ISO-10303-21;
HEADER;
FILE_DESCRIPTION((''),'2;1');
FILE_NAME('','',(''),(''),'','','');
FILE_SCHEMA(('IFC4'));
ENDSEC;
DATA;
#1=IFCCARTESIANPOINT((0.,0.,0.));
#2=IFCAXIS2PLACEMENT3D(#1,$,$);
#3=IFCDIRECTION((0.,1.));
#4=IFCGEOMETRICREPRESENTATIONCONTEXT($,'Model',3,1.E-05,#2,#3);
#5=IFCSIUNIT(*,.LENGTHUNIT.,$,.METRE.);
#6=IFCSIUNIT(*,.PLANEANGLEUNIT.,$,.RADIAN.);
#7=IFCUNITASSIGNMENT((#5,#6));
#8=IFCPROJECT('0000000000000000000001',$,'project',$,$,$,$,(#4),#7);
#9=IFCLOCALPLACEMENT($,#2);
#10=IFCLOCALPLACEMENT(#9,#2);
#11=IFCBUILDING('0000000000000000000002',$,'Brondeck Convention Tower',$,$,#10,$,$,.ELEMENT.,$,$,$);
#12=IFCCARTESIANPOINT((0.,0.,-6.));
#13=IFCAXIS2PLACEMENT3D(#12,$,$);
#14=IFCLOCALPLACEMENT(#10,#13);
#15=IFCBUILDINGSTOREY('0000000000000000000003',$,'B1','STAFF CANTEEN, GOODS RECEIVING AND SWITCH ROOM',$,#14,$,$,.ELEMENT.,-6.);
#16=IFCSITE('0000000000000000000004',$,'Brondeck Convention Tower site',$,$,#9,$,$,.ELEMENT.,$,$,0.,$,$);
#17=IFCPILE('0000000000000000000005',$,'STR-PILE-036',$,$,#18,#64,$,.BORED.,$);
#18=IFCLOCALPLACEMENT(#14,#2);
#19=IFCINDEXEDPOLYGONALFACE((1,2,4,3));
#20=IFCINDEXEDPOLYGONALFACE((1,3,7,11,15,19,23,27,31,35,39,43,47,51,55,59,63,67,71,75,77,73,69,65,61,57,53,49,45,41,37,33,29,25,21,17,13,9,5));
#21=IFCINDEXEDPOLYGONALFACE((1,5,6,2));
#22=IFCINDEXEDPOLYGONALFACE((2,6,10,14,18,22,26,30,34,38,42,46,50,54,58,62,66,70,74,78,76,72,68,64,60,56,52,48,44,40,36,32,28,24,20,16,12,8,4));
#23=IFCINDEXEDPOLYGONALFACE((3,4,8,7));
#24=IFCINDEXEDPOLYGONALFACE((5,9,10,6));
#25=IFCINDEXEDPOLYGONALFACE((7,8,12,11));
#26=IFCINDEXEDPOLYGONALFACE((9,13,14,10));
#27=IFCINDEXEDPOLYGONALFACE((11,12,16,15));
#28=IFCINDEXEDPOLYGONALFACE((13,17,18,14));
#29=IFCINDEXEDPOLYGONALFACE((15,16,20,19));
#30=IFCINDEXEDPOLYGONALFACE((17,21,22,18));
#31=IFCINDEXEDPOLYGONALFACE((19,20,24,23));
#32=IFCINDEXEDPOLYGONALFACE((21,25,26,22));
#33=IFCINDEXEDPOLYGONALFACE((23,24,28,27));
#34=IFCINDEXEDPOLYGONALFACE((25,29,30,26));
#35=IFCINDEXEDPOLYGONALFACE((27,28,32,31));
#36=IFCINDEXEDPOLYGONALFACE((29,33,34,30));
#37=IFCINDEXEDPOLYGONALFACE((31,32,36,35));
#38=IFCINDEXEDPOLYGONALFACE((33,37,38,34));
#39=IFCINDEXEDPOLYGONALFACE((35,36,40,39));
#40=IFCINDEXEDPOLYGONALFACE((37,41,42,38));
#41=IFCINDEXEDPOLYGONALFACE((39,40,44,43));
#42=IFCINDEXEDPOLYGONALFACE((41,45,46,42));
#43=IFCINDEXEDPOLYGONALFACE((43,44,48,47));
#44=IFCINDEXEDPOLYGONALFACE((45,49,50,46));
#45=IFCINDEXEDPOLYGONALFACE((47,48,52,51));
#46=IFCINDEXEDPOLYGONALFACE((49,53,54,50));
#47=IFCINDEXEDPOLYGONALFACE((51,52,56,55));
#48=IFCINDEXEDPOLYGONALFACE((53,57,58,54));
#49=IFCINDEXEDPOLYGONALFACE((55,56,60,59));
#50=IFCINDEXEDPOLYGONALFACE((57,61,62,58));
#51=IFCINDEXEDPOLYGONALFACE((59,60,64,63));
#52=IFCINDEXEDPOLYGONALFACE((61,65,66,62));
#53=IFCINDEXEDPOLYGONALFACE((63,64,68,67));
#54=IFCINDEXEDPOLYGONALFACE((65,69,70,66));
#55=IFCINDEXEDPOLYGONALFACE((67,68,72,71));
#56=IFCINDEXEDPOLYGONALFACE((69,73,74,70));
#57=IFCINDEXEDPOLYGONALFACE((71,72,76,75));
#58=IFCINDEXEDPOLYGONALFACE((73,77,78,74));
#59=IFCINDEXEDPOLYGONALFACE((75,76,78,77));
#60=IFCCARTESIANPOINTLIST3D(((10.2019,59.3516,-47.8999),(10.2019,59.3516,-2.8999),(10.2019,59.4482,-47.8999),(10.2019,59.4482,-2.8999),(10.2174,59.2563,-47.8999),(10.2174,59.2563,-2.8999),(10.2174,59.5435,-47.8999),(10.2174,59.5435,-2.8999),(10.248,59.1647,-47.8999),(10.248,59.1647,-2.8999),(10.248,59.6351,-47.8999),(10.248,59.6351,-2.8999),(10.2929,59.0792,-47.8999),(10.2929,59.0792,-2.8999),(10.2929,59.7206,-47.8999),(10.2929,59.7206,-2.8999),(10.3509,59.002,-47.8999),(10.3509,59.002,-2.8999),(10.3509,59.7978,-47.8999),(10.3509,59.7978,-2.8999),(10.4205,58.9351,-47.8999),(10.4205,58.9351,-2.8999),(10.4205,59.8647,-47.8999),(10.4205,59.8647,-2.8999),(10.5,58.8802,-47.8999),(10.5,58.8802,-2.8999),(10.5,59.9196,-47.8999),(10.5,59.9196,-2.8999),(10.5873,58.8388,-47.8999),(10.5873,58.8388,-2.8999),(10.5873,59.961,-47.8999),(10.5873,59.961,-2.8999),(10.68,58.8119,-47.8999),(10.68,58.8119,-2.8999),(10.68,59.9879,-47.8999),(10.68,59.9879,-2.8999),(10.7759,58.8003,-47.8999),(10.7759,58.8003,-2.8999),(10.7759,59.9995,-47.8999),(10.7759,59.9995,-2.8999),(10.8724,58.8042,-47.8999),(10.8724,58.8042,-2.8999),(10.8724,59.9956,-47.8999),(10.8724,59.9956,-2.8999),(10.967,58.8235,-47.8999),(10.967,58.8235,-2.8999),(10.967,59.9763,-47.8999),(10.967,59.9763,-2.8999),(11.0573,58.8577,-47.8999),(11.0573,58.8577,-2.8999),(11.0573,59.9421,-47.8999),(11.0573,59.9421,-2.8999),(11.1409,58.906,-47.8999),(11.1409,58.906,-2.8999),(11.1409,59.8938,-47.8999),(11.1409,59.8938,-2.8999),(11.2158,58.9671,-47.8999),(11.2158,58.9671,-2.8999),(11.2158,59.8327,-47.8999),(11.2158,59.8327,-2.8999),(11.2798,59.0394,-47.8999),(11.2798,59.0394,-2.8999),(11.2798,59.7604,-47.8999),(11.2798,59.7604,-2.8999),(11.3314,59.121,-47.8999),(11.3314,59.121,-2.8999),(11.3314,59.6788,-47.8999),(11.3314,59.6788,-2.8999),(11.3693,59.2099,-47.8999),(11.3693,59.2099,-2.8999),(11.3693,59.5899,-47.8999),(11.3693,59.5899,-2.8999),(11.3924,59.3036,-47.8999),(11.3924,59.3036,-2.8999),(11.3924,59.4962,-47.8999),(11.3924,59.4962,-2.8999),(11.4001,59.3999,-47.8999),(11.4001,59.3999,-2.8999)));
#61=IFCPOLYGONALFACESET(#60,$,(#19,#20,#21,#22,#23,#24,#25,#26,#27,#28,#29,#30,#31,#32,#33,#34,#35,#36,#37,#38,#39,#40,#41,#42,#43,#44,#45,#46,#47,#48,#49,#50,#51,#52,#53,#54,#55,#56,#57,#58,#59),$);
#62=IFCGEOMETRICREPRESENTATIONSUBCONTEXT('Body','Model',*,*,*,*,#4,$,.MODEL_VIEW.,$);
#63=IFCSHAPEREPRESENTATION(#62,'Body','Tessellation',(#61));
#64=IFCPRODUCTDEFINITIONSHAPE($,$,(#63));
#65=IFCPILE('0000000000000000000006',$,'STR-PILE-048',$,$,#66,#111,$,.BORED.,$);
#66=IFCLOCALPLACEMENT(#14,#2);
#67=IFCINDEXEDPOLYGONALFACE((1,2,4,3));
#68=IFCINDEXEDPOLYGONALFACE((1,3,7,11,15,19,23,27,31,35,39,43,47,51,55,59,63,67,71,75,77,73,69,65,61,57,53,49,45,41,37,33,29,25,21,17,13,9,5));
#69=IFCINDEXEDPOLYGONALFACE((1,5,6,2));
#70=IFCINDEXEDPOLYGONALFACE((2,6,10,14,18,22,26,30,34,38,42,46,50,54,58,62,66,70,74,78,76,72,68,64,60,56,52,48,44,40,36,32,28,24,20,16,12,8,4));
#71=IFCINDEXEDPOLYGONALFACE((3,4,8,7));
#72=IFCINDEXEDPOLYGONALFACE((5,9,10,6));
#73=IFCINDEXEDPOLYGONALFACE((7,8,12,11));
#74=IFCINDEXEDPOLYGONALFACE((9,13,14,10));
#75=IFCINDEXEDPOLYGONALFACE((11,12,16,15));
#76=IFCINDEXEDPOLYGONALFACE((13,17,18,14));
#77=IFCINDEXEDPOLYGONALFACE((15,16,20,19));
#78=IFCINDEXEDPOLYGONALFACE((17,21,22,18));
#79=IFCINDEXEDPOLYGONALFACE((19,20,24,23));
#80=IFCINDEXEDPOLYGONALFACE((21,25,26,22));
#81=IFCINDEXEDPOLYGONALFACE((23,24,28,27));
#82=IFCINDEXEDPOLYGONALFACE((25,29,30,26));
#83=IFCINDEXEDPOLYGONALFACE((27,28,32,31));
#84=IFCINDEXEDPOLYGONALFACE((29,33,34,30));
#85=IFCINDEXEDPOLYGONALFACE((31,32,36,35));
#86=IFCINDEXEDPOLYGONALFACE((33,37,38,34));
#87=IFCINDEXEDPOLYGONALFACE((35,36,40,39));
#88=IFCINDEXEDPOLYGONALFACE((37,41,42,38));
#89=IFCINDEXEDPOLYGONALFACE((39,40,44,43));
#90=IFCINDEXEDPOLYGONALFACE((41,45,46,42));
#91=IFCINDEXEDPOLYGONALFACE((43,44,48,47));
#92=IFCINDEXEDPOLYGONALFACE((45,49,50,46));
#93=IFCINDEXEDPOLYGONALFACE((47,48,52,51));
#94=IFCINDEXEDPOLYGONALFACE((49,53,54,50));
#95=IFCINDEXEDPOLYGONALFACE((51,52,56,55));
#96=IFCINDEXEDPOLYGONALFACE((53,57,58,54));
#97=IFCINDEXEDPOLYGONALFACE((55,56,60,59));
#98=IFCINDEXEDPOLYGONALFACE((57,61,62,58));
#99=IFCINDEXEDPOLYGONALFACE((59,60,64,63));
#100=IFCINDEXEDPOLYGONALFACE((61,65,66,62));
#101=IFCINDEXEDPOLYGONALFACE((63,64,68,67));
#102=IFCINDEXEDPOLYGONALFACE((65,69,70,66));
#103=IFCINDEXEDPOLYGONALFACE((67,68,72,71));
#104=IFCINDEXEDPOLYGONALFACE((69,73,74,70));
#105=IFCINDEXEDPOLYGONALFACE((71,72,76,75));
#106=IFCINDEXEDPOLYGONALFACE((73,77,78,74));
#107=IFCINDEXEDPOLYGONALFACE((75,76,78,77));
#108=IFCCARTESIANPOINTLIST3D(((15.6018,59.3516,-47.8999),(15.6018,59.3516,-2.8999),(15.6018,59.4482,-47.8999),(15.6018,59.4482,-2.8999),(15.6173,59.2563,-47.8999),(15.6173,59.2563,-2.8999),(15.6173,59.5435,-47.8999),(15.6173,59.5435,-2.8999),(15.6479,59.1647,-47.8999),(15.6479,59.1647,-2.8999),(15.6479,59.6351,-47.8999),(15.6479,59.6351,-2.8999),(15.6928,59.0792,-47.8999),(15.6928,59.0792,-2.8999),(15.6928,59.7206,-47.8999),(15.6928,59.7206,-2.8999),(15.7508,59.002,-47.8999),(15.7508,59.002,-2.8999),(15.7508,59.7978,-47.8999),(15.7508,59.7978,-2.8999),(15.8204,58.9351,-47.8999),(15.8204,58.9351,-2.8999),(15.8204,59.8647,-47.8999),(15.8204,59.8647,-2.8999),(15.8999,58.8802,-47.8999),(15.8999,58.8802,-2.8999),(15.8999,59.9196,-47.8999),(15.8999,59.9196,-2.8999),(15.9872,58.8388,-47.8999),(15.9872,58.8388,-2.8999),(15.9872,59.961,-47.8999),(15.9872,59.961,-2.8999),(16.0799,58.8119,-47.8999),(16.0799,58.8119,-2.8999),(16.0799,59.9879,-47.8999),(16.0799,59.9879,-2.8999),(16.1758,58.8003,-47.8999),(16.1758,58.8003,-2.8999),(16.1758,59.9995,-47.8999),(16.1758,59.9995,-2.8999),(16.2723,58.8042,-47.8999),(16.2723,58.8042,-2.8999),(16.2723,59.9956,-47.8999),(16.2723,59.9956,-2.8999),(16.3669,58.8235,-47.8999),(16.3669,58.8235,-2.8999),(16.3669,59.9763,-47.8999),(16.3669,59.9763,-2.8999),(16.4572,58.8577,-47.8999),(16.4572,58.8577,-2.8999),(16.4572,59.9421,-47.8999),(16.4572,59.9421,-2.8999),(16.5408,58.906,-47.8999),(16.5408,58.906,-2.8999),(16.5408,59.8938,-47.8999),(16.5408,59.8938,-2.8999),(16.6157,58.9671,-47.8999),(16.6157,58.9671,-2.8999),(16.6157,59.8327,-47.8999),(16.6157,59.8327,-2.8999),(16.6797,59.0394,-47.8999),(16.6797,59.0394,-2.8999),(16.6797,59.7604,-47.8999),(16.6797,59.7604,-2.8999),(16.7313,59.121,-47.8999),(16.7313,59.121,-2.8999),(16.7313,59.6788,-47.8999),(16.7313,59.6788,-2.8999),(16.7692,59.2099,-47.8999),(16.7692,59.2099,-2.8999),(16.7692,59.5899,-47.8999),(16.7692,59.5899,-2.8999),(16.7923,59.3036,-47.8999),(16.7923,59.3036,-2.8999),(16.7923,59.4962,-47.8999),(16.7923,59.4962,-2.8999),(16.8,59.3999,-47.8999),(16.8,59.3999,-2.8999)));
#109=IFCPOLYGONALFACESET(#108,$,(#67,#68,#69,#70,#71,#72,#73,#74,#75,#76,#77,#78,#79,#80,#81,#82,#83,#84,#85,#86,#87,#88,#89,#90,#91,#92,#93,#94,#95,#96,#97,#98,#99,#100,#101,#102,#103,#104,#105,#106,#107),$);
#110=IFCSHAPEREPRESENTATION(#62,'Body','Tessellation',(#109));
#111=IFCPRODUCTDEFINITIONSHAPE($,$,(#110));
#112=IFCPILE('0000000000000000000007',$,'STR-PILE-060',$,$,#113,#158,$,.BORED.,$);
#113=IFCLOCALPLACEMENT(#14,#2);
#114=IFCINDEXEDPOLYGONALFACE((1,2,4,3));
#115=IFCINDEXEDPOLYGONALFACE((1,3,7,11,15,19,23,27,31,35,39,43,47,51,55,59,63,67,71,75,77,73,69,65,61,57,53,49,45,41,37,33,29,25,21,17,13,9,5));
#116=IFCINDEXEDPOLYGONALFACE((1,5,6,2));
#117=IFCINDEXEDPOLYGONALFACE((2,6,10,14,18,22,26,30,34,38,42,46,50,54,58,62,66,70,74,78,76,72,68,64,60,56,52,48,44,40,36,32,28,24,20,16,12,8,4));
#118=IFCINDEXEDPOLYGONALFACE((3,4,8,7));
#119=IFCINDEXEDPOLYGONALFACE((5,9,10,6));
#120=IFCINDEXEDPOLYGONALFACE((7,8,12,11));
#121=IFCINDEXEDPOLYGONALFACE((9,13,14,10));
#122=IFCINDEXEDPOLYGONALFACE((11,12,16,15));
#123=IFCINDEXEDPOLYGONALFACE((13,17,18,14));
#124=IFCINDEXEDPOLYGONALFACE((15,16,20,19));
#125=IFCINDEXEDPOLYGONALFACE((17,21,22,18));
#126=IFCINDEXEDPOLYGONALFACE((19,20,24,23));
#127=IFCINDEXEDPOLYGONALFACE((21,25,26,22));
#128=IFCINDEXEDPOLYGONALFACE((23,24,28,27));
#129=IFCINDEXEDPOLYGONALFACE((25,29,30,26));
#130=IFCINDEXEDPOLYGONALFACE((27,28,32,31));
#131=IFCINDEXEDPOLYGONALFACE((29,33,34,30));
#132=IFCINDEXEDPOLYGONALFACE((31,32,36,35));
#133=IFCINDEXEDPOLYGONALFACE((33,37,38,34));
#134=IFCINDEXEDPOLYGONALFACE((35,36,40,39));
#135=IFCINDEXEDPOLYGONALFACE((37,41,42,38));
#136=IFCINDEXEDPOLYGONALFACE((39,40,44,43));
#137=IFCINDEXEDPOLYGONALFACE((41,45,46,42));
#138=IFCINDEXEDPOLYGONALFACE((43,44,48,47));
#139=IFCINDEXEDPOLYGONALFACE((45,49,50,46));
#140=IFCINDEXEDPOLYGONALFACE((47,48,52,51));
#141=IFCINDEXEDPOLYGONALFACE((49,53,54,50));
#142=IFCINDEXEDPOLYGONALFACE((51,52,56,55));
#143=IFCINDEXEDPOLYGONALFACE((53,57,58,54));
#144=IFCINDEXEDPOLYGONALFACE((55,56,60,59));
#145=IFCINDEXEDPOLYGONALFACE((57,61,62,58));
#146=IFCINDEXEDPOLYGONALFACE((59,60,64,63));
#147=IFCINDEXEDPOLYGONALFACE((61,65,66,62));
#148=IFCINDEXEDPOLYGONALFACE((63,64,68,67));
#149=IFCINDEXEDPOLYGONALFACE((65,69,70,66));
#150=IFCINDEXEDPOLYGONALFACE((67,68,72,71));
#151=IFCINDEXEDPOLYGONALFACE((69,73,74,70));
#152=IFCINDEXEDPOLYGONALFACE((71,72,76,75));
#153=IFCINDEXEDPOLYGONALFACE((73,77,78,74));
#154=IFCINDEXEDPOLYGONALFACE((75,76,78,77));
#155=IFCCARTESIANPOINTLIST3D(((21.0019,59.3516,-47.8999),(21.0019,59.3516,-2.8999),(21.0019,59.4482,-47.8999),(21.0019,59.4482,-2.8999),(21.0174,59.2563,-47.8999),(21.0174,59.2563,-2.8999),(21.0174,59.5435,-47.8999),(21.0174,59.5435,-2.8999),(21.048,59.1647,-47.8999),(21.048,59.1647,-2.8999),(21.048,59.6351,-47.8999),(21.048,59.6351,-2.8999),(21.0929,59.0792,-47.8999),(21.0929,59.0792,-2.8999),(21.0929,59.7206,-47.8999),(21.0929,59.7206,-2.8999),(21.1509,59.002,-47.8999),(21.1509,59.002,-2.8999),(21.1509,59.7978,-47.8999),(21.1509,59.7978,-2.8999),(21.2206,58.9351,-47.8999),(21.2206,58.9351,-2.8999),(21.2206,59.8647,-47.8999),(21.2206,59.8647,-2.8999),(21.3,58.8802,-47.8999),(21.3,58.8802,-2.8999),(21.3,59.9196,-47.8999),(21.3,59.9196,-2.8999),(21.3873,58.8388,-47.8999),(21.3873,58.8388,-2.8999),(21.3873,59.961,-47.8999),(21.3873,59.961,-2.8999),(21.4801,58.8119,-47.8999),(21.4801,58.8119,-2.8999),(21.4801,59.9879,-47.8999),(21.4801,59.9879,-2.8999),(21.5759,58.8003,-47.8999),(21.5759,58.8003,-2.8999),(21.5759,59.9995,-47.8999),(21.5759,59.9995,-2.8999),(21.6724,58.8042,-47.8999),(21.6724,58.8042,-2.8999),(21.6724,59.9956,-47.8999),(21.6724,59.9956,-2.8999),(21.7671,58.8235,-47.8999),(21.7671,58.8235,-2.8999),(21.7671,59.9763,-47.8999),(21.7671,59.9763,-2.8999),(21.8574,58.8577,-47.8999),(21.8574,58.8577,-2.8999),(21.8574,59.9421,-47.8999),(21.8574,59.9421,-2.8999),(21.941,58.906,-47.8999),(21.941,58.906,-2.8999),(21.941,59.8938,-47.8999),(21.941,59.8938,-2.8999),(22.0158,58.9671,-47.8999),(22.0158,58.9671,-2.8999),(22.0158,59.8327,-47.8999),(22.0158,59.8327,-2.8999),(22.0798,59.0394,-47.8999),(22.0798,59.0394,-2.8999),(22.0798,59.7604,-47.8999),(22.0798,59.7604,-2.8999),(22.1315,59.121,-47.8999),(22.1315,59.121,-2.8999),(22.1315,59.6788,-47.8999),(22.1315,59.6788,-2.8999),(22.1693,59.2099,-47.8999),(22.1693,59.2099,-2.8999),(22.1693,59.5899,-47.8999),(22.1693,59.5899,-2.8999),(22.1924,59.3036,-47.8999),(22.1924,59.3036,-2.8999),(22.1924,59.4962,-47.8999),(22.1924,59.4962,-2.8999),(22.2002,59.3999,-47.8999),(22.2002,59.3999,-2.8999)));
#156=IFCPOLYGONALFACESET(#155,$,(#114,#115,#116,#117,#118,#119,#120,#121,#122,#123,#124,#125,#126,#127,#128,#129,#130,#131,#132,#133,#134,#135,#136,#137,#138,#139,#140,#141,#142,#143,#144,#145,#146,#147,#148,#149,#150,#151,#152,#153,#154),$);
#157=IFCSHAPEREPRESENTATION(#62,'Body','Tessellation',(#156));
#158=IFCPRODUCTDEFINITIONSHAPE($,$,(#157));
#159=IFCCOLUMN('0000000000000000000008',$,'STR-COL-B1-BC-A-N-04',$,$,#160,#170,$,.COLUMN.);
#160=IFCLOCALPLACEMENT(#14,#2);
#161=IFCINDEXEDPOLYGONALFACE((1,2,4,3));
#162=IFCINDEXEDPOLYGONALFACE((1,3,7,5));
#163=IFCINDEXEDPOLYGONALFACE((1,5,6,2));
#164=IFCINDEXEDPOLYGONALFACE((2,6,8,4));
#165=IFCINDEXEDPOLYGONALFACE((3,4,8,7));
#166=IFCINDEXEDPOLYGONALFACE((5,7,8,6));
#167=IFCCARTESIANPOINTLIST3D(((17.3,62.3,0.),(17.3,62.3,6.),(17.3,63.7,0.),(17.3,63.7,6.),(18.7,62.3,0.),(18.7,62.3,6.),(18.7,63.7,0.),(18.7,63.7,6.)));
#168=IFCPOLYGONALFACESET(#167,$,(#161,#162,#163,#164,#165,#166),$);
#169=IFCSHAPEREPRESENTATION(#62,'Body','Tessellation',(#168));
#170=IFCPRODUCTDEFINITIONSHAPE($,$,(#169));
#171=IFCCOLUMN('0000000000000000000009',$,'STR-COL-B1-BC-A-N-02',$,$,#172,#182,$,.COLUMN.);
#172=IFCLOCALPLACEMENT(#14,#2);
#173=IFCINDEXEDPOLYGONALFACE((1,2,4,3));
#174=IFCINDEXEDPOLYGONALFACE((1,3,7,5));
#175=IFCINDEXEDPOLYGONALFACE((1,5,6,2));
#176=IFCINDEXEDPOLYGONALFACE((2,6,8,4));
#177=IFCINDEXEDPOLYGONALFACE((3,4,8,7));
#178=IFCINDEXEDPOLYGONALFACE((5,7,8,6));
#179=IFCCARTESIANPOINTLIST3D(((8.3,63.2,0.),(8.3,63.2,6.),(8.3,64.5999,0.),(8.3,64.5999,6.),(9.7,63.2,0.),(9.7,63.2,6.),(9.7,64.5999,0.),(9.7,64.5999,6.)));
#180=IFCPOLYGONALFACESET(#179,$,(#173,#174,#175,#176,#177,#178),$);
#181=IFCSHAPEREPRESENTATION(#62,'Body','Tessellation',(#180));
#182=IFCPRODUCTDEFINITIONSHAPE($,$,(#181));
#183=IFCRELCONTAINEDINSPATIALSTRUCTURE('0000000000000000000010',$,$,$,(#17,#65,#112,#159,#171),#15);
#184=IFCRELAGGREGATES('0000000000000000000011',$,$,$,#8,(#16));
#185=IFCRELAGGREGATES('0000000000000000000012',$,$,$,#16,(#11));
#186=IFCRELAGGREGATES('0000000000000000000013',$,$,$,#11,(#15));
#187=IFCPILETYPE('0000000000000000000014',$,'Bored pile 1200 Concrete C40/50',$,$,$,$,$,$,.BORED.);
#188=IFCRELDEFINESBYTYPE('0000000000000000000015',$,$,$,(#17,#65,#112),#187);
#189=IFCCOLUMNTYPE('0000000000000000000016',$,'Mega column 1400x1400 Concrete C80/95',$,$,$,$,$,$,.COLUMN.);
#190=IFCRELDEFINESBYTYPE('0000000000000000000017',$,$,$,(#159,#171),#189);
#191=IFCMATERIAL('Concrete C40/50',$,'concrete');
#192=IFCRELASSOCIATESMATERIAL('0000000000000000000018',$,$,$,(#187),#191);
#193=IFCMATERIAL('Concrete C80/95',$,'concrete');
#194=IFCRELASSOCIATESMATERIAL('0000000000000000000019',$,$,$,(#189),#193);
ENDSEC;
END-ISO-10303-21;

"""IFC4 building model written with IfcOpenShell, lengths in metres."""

from ifc_helpers import new_model, si_unit, direction, frame, origin, origin_2d, place, context, subcontext, project, spatial, rectangle, circle, extrude, material, material_profile, profile_set, type_object, element, save


model = new_model("IFC4")

# Units and contexts
model_context = context("Model", 3, precision=1e-05, world=origin(), true_north=direction((0.0, 1.0)))
body_context = subcontext(model_context, "Body", "Model", "MODEL_VIEW")
ifc_project = project(units=[si_unit("LENGTHUNIT", "METRE"), si_unit("PLANEANGLEUNIT", "RADIAN")], contexts=[model_context])

# Site, building, storey
site_placement = place(None, origin())
site = spatial("IfcSite", under=ifc_project, at=site_placement, Name="Brondeck Convention Tower site", CompositionType="ELEMENT", RefElevation=0.0)
building_placement = place(site_placement, origin())
building = spatial("IfcBuilding", under=site, at=building_placement, Name="Brondeck Convention Tower", CompositionType="ELEMENT")
storey_placement = place(building_placement, frame((0.0, 0.0, -6.0)))
storey = spatial("IfcBuildingStorey", under=building, at=storey_placement, Name="B1", Description="STAFF CANTEEN, GOODS RECEIVING AND SWITCH ROOM", CompositionType="ELEMENT", Elevation=-6.0)

# Piles
ifc_material_1 = material(Name="Concrete C40/50", Category="concrete")
ifc_material_profile_1 = material_profile(ifc_material_1, circle(Radius=0.6001, at=origin_2d()), Name="Bored pile 1200 Concrete C40/50")
ifc_profile_set_1 = profile_set([ifc_material_profile_1], Name="Concrete C40/50")
pile_type = type_object("IfcPileType", Name="Bored pile 1200 Concrete C40/50", PredefinedType="BORED", material=ifc_profile_set_1)
for number, where, z_axis, x_axis, name in (
    (1, (10.8, 59.3999, -2.8999), (0.0, 0.0, -1.0), (1.0, 0.0, 0.0), "STR-PILE-036"),
    (2, (16.2, 59.3999, -2.8999), (0.0, 0.0, -1.0), (1.0, 0.0, 0.0), "STR-PILE-048"),
    (3, (21.6001, 59.3999, -2.8999), (0.0, 0.0, -1.0), (1.0, 0.0, 0.0), "STR-PILE-060"),
):
    element("IfcPile", number, at=place(storey_placement, frame(where, z_axis=z_axis, x_axis=x_axis)), inside=storey, type_object=pile_type, Name=name, PredefinedType="BORED", context=body_context, shape_type="SweptSolid", body=[
        extrude(circle(Radius=0.6001, at=origin_2d()), origin(), (0.0, 0.0, 1.0), 45.0),
    ])

# Columns
ifc_material_2 = material(Name="Concrete C80/95", Category="concrete")
ifc_material_profile_2 = material_profile(ifc_material_2, rectangle(XDim=1.3999, YDim=1.3999, at=origin_2d()), Name="Mega column 1400x1400 Concrete C80/95")
ifc_profile_set_2 = profile_set([ifc_material_profile_2], Name="Concrete C80/95")
column_type = type_object("IfcColumnType", Name="Mega column 1400x1400 Concrete C80/95", PredefinedType="COLUMN", material=ifc_profile_set_2)
for number, where, z_axis, x_axis, name in (
    (4, (18.0, 63.0, 0.0), (0.0, 0.0, 1.0), (1.0, 0.0, 0.0), "STR-COL-B1-BC-A-N-04"),
    (5, (9.0, 63.8999, 0.0), (0.0, 0.0, 1.0), (1.0, 0.0, 0.0), "STR-COL-B1-BC-A-N-02"),
):
    element("IfcColumn", number, at=place(storey_placement, frame(where, z_axis=z_axis, x_axis=x_axis)), inside=storey, type_object=column_type, Name=name, PredefinedType="COLUMN", context=body_context, shape_type="SweptSolid", body=[
        extrude(rectangle(XDim=1.3999, YDim=1.3999, at=origin_2d()), origin(), (0.0, 0.0, 1.0), 6.0),
    ])

save(model, "model.ifc")
